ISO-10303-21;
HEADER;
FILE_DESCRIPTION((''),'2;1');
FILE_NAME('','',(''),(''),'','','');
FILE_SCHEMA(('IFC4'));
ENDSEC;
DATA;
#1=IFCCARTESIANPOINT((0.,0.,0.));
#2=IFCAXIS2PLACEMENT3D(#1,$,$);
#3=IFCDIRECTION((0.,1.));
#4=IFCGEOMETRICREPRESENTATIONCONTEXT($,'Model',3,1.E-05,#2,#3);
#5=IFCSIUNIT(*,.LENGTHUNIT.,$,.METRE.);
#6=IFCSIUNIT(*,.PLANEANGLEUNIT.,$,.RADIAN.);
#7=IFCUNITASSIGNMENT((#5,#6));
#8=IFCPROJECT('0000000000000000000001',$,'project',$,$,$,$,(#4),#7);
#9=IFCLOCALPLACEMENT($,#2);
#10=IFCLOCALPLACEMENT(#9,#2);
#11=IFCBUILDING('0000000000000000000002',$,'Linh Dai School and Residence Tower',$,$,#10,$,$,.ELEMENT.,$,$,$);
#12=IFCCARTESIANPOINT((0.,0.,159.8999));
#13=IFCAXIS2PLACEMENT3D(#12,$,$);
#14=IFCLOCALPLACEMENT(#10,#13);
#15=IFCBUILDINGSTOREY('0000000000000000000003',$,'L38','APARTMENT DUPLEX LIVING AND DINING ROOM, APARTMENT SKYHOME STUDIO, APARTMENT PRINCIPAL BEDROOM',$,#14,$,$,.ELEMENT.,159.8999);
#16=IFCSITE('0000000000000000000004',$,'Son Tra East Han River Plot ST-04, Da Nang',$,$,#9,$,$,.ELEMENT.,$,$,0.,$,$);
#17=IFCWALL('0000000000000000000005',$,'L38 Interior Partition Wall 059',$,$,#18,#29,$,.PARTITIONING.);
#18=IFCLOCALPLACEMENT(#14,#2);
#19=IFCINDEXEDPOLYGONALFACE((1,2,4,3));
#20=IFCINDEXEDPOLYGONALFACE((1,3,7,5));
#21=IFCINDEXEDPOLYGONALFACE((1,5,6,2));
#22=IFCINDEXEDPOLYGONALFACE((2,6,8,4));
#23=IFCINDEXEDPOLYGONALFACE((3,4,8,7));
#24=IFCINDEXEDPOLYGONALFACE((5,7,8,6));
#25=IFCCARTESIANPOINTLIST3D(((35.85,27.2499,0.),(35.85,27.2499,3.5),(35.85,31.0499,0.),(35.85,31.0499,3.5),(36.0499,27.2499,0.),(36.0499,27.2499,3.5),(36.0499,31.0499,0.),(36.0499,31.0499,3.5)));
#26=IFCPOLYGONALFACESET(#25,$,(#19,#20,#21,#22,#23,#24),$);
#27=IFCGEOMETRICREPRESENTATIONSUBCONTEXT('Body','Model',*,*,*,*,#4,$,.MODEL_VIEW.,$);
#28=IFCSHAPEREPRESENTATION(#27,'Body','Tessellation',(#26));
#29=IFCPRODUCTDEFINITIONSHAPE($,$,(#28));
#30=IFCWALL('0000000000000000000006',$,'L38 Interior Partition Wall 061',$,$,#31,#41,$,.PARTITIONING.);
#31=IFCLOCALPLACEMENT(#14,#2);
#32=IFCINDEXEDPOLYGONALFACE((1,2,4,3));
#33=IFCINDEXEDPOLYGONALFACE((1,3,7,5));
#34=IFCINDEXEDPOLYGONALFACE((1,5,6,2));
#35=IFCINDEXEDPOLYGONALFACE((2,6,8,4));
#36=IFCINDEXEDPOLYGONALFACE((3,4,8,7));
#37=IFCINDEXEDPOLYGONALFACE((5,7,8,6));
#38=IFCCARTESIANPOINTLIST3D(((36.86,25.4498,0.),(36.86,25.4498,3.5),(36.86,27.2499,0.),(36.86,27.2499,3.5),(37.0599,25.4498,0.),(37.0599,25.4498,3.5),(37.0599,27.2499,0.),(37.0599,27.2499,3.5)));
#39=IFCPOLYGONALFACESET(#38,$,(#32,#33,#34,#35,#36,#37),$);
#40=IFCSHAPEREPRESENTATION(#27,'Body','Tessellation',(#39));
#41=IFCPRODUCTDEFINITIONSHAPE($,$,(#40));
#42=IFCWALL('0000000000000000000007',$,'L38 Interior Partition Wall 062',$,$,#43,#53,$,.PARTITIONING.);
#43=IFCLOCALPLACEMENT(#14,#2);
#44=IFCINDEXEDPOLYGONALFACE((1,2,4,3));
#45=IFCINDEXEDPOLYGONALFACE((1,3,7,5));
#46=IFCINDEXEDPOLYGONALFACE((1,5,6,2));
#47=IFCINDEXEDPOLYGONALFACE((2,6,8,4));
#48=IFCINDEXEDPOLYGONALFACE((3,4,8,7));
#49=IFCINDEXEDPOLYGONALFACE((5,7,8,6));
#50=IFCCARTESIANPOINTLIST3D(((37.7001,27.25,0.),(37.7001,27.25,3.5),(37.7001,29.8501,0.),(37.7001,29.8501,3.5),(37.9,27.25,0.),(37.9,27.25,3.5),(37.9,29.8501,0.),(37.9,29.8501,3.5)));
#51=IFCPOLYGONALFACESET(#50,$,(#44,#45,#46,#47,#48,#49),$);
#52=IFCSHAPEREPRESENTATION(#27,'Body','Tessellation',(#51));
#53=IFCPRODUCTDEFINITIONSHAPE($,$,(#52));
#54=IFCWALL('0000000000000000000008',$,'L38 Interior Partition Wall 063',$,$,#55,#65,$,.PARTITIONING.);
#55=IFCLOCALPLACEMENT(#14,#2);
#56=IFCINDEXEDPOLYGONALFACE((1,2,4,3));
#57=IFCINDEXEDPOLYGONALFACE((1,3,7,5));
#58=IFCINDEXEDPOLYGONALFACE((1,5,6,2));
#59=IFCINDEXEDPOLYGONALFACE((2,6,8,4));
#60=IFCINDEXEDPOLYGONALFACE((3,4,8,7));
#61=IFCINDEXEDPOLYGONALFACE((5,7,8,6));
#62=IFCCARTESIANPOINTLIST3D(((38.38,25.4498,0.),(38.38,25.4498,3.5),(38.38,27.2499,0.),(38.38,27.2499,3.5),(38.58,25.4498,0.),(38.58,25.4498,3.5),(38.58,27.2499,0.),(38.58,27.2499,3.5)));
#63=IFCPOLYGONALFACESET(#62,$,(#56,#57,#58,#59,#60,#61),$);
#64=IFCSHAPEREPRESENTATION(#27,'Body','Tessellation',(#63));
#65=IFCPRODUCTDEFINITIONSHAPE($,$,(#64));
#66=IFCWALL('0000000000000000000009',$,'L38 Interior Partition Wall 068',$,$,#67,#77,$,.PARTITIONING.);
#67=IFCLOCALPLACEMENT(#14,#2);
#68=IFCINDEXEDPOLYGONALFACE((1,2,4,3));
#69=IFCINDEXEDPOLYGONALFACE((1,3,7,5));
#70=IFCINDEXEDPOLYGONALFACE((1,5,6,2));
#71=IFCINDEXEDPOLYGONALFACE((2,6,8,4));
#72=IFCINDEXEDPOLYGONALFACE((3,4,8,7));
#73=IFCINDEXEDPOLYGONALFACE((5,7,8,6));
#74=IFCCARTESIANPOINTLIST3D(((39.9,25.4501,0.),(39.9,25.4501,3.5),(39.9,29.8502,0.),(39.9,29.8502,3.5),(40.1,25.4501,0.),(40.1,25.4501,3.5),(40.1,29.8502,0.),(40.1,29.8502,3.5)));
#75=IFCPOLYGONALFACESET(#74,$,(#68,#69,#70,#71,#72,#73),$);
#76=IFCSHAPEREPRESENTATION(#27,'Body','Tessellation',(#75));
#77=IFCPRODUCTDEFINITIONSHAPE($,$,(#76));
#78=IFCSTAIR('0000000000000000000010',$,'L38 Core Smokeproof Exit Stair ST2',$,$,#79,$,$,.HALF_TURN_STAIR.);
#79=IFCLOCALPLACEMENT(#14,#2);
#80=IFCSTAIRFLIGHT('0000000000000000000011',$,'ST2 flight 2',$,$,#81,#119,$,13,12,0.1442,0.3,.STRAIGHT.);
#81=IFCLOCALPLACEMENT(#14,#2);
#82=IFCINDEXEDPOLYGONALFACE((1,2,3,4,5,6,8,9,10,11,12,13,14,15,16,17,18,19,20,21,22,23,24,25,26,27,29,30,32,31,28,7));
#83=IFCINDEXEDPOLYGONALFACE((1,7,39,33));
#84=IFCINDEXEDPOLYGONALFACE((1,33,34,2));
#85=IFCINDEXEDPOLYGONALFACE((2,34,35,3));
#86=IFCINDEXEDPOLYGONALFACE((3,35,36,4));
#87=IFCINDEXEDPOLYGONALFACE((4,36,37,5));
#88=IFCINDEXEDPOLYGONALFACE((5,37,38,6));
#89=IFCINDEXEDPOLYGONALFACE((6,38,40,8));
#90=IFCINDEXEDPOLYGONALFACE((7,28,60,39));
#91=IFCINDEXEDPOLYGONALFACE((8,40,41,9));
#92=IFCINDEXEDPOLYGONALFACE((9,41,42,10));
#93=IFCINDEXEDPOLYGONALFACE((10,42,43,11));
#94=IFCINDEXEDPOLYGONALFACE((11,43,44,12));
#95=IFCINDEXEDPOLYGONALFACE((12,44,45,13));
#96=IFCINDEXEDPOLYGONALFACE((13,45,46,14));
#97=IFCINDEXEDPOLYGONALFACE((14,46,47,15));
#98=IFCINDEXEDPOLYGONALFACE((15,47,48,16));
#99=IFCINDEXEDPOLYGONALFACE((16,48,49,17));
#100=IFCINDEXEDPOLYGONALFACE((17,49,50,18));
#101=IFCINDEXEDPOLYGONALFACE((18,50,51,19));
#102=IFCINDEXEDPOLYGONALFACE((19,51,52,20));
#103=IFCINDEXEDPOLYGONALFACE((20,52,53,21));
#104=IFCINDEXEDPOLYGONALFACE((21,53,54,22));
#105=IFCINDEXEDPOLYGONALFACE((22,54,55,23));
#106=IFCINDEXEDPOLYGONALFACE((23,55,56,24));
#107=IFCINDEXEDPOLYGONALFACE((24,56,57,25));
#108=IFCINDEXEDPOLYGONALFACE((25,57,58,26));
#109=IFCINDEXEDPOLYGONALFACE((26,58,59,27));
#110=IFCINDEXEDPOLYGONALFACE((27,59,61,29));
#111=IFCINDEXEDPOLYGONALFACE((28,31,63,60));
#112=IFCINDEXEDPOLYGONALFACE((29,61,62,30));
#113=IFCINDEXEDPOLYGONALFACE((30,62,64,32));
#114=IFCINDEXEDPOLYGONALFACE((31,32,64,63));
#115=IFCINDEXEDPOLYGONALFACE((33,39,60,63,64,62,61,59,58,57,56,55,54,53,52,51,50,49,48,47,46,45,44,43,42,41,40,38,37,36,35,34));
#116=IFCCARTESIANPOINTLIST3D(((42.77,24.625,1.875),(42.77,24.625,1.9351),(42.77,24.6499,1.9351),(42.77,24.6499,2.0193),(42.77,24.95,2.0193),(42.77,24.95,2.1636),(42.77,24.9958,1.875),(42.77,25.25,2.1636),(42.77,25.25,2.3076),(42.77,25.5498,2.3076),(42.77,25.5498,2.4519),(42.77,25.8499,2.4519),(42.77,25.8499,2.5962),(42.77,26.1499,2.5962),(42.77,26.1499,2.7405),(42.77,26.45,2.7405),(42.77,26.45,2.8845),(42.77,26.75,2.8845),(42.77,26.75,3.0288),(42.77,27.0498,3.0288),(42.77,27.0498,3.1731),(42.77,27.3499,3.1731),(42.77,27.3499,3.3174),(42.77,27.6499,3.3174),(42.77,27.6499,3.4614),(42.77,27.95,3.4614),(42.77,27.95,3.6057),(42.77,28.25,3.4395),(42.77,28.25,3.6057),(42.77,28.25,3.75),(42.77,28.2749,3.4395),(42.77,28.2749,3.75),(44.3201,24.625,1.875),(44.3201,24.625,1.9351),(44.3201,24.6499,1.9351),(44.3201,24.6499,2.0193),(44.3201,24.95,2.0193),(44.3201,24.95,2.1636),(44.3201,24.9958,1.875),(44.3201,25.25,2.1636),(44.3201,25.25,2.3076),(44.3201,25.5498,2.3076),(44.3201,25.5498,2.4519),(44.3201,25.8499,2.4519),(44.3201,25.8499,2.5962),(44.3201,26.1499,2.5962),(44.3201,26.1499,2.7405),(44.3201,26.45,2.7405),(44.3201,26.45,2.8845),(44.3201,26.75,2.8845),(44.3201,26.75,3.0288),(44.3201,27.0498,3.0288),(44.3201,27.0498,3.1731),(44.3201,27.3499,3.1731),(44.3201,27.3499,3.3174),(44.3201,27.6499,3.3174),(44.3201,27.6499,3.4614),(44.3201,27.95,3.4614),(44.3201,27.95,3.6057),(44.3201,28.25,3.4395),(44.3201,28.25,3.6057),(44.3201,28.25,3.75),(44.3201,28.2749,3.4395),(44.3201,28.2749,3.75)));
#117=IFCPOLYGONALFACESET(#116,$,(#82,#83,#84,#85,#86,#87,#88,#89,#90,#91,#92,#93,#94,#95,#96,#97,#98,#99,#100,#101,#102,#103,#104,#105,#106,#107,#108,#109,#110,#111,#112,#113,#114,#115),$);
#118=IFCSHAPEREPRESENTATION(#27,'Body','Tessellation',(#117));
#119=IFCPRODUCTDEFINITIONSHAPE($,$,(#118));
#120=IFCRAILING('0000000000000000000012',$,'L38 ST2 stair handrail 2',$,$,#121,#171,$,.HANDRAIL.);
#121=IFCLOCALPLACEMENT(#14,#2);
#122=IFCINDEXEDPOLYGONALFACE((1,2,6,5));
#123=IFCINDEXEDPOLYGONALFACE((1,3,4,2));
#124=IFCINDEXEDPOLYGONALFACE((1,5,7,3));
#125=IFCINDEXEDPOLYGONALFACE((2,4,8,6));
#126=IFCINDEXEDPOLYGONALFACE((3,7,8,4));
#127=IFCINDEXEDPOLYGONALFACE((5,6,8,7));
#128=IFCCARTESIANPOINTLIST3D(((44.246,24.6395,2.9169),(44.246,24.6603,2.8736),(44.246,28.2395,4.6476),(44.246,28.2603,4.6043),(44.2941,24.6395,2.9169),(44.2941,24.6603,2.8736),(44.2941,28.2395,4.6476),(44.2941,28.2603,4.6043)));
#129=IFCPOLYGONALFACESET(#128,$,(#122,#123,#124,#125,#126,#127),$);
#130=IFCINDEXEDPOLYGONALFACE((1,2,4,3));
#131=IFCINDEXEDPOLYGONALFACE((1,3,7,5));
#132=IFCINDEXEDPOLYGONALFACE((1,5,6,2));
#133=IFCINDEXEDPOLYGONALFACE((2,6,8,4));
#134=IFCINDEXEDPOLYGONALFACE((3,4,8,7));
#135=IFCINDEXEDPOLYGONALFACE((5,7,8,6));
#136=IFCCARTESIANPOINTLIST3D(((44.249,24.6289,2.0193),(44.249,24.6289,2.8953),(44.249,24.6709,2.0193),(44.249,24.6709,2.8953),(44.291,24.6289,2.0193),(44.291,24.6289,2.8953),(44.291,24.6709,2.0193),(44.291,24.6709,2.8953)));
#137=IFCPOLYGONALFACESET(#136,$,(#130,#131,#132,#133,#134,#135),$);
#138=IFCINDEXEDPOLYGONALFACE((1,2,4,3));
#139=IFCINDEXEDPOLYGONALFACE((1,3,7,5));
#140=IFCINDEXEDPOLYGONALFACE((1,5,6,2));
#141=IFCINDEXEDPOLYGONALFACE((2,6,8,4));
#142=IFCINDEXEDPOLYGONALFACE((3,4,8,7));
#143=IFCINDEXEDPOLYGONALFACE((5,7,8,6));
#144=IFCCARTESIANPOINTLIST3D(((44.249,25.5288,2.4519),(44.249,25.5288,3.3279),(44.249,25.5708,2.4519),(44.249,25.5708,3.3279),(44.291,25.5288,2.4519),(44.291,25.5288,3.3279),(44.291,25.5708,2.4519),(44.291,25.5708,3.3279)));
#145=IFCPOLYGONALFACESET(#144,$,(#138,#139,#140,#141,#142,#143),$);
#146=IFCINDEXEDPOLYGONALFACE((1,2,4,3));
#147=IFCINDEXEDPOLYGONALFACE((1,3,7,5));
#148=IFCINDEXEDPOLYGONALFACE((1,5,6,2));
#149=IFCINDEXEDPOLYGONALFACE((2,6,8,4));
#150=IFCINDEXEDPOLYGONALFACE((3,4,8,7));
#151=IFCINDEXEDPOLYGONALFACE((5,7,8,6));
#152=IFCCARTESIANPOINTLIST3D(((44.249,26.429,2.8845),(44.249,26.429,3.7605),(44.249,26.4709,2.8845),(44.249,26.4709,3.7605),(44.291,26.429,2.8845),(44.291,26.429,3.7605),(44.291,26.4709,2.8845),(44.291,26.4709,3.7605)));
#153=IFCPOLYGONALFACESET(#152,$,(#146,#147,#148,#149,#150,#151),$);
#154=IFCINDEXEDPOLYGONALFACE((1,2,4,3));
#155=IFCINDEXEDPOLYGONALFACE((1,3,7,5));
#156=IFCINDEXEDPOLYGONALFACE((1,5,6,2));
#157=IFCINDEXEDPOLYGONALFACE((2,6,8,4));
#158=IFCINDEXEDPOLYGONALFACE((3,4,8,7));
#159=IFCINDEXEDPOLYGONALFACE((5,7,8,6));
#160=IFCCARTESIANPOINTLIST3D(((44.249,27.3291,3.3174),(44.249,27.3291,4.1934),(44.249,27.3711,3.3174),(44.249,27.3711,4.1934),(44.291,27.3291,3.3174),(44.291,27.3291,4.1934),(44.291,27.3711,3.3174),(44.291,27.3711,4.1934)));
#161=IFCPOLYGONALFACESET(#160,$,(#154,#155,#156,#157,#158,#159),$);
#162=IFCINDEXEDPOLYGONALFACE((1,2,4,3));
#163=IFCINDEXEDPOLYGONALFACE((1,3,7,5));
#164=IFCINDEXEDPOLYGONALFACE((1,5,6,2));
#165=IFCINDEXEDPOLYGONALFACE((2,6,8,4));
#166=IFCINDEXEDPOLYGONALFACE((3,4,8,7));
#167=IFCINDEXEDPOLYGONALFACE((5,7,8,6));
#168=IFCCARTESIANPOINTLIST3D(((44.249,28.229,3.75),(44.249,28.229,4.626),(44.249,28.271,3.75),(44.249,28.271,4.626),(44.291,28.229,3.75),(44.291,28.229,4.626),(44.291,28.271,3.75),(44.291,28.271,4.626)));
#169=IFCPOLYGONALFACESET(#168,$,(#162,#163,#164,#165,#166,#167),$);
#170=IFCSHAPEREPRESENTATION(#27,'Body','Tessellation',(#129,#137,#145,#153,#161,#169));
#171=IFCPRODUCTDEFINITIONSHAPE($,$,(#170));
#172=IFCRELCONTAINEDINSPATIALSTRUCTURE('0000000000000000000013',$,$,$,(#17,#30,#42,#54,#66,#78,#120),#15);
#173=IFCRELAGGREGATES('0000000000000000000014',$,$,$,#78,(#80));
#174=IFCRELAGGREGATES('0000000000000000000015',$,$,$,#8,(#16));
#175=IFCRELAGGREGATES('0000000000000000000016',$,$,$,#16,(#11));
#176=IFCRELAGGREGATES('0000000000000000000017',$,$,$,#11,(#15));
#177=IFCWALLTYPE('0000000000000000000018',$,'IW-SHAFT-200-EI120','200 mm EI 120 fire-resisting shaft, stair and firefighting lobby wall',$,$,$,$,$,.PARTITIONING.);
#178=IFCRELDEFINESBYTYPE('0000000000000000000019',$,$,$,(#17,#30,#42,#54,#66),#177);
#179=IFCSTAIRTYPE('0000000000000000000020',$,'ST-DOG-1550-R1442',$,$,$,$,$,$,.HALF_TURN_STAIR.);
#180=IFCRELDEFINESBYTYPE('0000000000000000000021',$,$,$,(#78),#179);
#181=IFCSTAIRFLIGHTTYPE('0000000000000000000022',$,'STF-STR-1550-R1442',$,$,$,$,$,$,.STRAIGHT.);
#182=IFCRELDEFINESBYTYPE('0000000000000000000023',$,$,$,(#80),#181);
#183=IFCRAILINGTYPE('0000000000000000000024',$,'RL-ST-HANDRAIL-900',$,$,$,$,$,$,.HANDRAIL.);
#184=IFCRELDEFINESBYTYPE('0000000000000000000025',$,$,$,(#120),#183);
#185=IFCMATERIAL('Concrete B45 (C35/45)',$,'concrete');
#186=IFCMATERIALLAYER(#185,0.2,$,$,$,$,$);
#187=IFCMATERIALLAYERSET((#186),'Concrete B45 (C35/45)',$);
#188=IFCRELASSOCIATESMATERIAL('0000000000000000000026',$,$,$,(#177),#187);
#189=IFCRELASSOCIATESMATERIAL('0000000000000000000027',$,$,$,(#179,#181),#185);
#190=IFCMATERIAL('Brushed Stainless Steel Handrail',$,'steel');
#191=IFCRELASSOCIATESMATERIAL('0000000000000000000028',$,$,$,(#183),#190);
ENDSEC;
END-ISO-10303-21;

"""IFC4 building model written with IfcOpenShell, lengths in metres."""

from ifc_helpers import new_model, si_unit, direction, frame, frame_2d, origin, origin_2d, place, context, subcontext, project, spatial, polyline, rectangle, outline, extrude, source, transform, mapped, material, layer, layer_set, type_object, element, aggregate, save


model = new_model("IFC4")

# Units and contexts
model_context = context("Model", 3, precision=1e-05, world=origin(), true_north=direction((0.0, 1.0)))
body_context = subcontext(model_context, "Body", "Model", "MODEL_VIEW")
ifc_project = project(units=[si_unit("LENGTHUNIT", "METRE"), si_unit("PLANEANGLEUNIT", "RADIAN")], contexts=[model_context])

# Site, building, storey
site_placement = place(None, origin())
site = spatial("IfcSite", under=ifc_project, at=site_placement, Name="Son Tra East Han River Plot ST-04, Da Nang", CompositionType="ELEMENT", RefElevation=0.0)
building_placement = place(site_placement, origin())
building = spatial("IfcBuilding", under=site, at=building_placement, Name="Linh Dai School and Residence Tower", CompositionType="ELEMENT")
storey_placement = place(building_placement, frame((0.0, 0.0, 159.8999)))
storey = spatial("IfcBuildingStorey", under=building, at=storey_placement, Name="L38", Description="APARTMENT DUPLEX LIVING AND DINING ROOM, APARTMENT SKYHOME STUDIO, APARTMENT PRINCIPAL BEDROOM", CompositionType="ELEMENT", Elevation=159.8999)

# Walls
ifc_material_1 = material(Name="Concrete B45 (C35/45)", Category="concrete")
ifc_layer_1 = layer(ifc_material_1, 0.2)
ifc_layer_set_1 = layer_set([ifc_layer_1], Name="Concrete B45 (C35/45)")
wall_type_1 = type_object("IfcWallType", Name="IW-SHAFT-200-EI120", Description="200 mm EI 120 fire-resisting shaft, stair and firefighting lobby wall", PredefinedType="PARTITIONING", material=ifc_layer_set_1)
wall_1_placement = place(storey_placement, frame((35.95, 27.25, 0.0), z_axis=(0.0, 0.0, 1.0), x_axis=(0.0, 1.0, 0.0)))
element("IfcWall", 1, at=wall_1_placement, inside=storey, type_object=wall_type_1, Name="L38 Interior Partition Wall 059", PredefinedType="PARTITIONING", context=body_context, shape_type="SweptSolid", body=[
    extrude(rectangle(XDim=3.8, YDim=0.2, at=frame_2d((1.8999, 0.0))), origin(), (0.0, 0.0, 1.0), 3.5),
])
wall_2_placement = place(storey_placement, frame((36.96, 25.45, 0.0), z_axis=(0.0, 0.0, 1.0), x_axis=(0.0, 1.0, 0.0)))
element("IfcWall", 2, at=wall_2_placement, inside=storey, type_object=wall_type_1, Name="L38 Interior Partition Wall 061", PredefinedType="PARTITIONING", context=body_context, shape_type="SweptSolid", body=[
    extrude(rectangle(XDim=1.8, YDim=0.2, at=frame_2d((0.8999, 0.0))), origin(), (0.0, 0.0, 1.0), 3.5),
])
wall_3_placement = place(storey_placement, frame((37.8, 27.25, 0.0), z_axis=(0.0, 0.0, 1.0), x_axis=(0.0, 1.0, 0.0)))
element("IfcWall", 3, at=wall_3_placement, inside=storey, type_object=wall_type_1, Name="L38 Interior Partition Wall 062", PredefinedType="PARTITIONING", context=body_context, shape_type="SweptSolid", body=[
    extrude(rectangle(XDim=2.6001, YDim=0.2, at=frame_2d((1.3, 0.0))), origin(), (0.0, 0.0, 1.0), 3.5),
])
wall_4_placement = place(storey_placement, frame((38.48, 25.45, 0.0), z_axis=(0.0, 0.0, 1.0), x_axis=(0.0, 1.0, 0.0)))
element("IfcWall", 4, at=wall_4_placement, inside=storey, type_object=wall_type_1, Name="L38 Interior Partition Wall 063", PredefinedType="PARTITIONING", context=body_context, shape_type="SweptSolid", body=[
    extrude(rectangle(XDim=1.8, YDim=0.2, at=frame_2d((0.8999, 0.0))), origin(), (0.0, 0.0, 1.0), 3.5),
])
wall_5_placement = place(storey_placement, frame((40.0, 25.45, 0.0), z_axis=(0.0, 0.0, 1.0), x_axis=(0.0, 1.0, 0.0)))
element("IfcWall", 5, at=wall_5_placement, inside=storey, type_object=wall_type_1, Name="L38 Interior Partition Wall 068", PredefinedType="PARTITIONING", context=body_context, shape_type="SweptSolid", body=[
    extrude(rectangle(XDim=4.4001, YDim=0.2, at=frame_2d((2.2002, 0.0))), origin(), (0.0, 0.0, 1.0), 3.5),
])

# Stair, stair flight
stair_type = type_object("IfcStairType", Name="ST-DOG-1550-R1442", PredefinedType="HALF_TURN_STAIR", material=ifc_material_1)
stair_placement = place(storey_placement, origin())
stair = element("IfcStair", 6, at=stair_placement, inside=storey, type_object=stair_type, Name="L38 Core Smokeproof Exit Stair ST2", PredefinedType="HALF_TURN_STAIR")
stair_flight_type = type_object("IfcStairFlightType", Name="STF-STR-1550-R1442", PredefinedType="STRAIGHT", material=ifc_material_1)
shared_shape_1 = source(origin(), body_context, "Body", "SweptSolid", [
    extrude(outline(polyline([(-0.0249, 0.0), (-0.0249, 0.0601), (0.0, 0.0601), (0.0, 0.1443), (0.3, 0.1443), (0.3, 0.2886), (0.6001, 0.2886), (0.6001, 0.4326), (0.8999, 0.4326), (0.8999, 0.5769), (1.2, 0.5769), (1.2, 0.7212), (1.5, 0.7212), (1.5, 0.8655), (1.8, 0.8655), (1.8, 1.0095), (2.1001, 1.0095), (2.1001, 1.1538), (2.3999, 1.1538), (2.3999, 1.2981), (2.7, 1.2981), (2.7, 1.4424), (3.0, 1.4424), (3.0, 1.5864), (3.3, 1.5864), (3.3, 1.7307), (3.6001, 1.7307), (3.6001, 1.875), (3.625, 1.875), (3.625, 1.5645), (3.6001, 1.5645), (0.3459, 0.0), (-0.0249, 0.0)])), frame((0.0, 0.7749, 0.0), z_axis=(0.0, -1.0, 0.0), x_axis=(1.0, 0.0, 0.0)), (0.0, 0.0, 1.0), 1.55),
])
stair_flight_placement = place(storey_placement, frame((43.5449, 24.6499, 1.875), z_axis=(0.0, 0.0, 1.0), x_axis=(0.0, 1.0, 0.0)))
stair_flight = element("IfcStairFlight", 7, at=stair_flight_placement, type_object=stair_flight_type, Name="ST2 flight 2", NumberOfRisers=13, NumberOfTreads=12, PredefinedType="STRAIGHT", RiserHeight=0.1442, TreadLength=0.3, context=body_context, shape_type="MappedRepresentation", body=[
    mapped(shared_shape_1, transform((0.0, 0.0, 0.0), x_axis=(1.0, 0.0, 0.0), y_axis=(0.0, 1.0, 0.0), z_axis=(0.0, 0.0, 1.0), scale=1.0)),
])
aggregate(stair, [stair_flight])

# Railing
ifc_material_2 = material(Name="Brushed Stainless Steel Handrail", Category="steel")
railing_type_1 = type_object("IfcRailingType", Name="RL-ST-HANDRAIL-900", PredefinedType="HANDRAIL", material=ifc_material_2)
shared_shape_2 = source(origin(), body_context, "Body", "SweptSolid", [
    extrude(rectangle(XDim=0.0481, YDim=0.0481, at=origin_2d()), frame((0.0, 0.0, 0.876), z_axis=(0.0, 0.901263, 0.433273), x_axis=(-1.0, 0.0, 0.0)), (0.0, 0.0, 1.0), 3.9944),
    extrude(rectangle(XDim=0.042, YDim=0.042, at=origin_2d()), origin(), (0.0, 0.0, 1.0), 0.876),
    extrude(rectangle(XDim=0.042, YDim=0.042, at=origin_2d()), frame((0.0, 0.8999, 0.4326)), (0.0, 0.0, 1.0), 0.876),
    extrude(rectangle(XDim=0.042, YDim=0.042, at=origin_2d()), frame((0.0, 1.8, 0.8652)), (0.0, 0.0, 1.0), 0.876),
    extrude(rectangle(XDim=0.042, YDim=0.042, at=origin_2d()), frame((0.0, 2.7002, 1.2981)), (0.0, 0.0, 1.0), 0.876),
    extrude(rectangle(XDim=0.042, YDim=0.042, at=origin_2d()), frame((0.0, 3.6001, 1.7307)), (0.0, 0.0, 1.0), 0.876),
])
railing_1_placement = place(storey_placement, frame((44.27, 24.6499, 2.0193)))
element("IfcRailing", 8, at=railing_1_placement, inside=storey, type_object=railing_type_1, Name="L38 ST2 stair handrail 2", PredefinedType="HANDRAIL", context=body_context, shape_type="MappedRepresentation", body=[
    mapped(shared_shape_2, transform((0.0, 0.0, 0.0), x_axis=(1.0, 0.0, 0.0), y_axis=(0.0, 1.0, 0.0), z_axis=(0.0, 0.0, 1.0), scale=1.0)),
])

save(model, "model.ifc")
